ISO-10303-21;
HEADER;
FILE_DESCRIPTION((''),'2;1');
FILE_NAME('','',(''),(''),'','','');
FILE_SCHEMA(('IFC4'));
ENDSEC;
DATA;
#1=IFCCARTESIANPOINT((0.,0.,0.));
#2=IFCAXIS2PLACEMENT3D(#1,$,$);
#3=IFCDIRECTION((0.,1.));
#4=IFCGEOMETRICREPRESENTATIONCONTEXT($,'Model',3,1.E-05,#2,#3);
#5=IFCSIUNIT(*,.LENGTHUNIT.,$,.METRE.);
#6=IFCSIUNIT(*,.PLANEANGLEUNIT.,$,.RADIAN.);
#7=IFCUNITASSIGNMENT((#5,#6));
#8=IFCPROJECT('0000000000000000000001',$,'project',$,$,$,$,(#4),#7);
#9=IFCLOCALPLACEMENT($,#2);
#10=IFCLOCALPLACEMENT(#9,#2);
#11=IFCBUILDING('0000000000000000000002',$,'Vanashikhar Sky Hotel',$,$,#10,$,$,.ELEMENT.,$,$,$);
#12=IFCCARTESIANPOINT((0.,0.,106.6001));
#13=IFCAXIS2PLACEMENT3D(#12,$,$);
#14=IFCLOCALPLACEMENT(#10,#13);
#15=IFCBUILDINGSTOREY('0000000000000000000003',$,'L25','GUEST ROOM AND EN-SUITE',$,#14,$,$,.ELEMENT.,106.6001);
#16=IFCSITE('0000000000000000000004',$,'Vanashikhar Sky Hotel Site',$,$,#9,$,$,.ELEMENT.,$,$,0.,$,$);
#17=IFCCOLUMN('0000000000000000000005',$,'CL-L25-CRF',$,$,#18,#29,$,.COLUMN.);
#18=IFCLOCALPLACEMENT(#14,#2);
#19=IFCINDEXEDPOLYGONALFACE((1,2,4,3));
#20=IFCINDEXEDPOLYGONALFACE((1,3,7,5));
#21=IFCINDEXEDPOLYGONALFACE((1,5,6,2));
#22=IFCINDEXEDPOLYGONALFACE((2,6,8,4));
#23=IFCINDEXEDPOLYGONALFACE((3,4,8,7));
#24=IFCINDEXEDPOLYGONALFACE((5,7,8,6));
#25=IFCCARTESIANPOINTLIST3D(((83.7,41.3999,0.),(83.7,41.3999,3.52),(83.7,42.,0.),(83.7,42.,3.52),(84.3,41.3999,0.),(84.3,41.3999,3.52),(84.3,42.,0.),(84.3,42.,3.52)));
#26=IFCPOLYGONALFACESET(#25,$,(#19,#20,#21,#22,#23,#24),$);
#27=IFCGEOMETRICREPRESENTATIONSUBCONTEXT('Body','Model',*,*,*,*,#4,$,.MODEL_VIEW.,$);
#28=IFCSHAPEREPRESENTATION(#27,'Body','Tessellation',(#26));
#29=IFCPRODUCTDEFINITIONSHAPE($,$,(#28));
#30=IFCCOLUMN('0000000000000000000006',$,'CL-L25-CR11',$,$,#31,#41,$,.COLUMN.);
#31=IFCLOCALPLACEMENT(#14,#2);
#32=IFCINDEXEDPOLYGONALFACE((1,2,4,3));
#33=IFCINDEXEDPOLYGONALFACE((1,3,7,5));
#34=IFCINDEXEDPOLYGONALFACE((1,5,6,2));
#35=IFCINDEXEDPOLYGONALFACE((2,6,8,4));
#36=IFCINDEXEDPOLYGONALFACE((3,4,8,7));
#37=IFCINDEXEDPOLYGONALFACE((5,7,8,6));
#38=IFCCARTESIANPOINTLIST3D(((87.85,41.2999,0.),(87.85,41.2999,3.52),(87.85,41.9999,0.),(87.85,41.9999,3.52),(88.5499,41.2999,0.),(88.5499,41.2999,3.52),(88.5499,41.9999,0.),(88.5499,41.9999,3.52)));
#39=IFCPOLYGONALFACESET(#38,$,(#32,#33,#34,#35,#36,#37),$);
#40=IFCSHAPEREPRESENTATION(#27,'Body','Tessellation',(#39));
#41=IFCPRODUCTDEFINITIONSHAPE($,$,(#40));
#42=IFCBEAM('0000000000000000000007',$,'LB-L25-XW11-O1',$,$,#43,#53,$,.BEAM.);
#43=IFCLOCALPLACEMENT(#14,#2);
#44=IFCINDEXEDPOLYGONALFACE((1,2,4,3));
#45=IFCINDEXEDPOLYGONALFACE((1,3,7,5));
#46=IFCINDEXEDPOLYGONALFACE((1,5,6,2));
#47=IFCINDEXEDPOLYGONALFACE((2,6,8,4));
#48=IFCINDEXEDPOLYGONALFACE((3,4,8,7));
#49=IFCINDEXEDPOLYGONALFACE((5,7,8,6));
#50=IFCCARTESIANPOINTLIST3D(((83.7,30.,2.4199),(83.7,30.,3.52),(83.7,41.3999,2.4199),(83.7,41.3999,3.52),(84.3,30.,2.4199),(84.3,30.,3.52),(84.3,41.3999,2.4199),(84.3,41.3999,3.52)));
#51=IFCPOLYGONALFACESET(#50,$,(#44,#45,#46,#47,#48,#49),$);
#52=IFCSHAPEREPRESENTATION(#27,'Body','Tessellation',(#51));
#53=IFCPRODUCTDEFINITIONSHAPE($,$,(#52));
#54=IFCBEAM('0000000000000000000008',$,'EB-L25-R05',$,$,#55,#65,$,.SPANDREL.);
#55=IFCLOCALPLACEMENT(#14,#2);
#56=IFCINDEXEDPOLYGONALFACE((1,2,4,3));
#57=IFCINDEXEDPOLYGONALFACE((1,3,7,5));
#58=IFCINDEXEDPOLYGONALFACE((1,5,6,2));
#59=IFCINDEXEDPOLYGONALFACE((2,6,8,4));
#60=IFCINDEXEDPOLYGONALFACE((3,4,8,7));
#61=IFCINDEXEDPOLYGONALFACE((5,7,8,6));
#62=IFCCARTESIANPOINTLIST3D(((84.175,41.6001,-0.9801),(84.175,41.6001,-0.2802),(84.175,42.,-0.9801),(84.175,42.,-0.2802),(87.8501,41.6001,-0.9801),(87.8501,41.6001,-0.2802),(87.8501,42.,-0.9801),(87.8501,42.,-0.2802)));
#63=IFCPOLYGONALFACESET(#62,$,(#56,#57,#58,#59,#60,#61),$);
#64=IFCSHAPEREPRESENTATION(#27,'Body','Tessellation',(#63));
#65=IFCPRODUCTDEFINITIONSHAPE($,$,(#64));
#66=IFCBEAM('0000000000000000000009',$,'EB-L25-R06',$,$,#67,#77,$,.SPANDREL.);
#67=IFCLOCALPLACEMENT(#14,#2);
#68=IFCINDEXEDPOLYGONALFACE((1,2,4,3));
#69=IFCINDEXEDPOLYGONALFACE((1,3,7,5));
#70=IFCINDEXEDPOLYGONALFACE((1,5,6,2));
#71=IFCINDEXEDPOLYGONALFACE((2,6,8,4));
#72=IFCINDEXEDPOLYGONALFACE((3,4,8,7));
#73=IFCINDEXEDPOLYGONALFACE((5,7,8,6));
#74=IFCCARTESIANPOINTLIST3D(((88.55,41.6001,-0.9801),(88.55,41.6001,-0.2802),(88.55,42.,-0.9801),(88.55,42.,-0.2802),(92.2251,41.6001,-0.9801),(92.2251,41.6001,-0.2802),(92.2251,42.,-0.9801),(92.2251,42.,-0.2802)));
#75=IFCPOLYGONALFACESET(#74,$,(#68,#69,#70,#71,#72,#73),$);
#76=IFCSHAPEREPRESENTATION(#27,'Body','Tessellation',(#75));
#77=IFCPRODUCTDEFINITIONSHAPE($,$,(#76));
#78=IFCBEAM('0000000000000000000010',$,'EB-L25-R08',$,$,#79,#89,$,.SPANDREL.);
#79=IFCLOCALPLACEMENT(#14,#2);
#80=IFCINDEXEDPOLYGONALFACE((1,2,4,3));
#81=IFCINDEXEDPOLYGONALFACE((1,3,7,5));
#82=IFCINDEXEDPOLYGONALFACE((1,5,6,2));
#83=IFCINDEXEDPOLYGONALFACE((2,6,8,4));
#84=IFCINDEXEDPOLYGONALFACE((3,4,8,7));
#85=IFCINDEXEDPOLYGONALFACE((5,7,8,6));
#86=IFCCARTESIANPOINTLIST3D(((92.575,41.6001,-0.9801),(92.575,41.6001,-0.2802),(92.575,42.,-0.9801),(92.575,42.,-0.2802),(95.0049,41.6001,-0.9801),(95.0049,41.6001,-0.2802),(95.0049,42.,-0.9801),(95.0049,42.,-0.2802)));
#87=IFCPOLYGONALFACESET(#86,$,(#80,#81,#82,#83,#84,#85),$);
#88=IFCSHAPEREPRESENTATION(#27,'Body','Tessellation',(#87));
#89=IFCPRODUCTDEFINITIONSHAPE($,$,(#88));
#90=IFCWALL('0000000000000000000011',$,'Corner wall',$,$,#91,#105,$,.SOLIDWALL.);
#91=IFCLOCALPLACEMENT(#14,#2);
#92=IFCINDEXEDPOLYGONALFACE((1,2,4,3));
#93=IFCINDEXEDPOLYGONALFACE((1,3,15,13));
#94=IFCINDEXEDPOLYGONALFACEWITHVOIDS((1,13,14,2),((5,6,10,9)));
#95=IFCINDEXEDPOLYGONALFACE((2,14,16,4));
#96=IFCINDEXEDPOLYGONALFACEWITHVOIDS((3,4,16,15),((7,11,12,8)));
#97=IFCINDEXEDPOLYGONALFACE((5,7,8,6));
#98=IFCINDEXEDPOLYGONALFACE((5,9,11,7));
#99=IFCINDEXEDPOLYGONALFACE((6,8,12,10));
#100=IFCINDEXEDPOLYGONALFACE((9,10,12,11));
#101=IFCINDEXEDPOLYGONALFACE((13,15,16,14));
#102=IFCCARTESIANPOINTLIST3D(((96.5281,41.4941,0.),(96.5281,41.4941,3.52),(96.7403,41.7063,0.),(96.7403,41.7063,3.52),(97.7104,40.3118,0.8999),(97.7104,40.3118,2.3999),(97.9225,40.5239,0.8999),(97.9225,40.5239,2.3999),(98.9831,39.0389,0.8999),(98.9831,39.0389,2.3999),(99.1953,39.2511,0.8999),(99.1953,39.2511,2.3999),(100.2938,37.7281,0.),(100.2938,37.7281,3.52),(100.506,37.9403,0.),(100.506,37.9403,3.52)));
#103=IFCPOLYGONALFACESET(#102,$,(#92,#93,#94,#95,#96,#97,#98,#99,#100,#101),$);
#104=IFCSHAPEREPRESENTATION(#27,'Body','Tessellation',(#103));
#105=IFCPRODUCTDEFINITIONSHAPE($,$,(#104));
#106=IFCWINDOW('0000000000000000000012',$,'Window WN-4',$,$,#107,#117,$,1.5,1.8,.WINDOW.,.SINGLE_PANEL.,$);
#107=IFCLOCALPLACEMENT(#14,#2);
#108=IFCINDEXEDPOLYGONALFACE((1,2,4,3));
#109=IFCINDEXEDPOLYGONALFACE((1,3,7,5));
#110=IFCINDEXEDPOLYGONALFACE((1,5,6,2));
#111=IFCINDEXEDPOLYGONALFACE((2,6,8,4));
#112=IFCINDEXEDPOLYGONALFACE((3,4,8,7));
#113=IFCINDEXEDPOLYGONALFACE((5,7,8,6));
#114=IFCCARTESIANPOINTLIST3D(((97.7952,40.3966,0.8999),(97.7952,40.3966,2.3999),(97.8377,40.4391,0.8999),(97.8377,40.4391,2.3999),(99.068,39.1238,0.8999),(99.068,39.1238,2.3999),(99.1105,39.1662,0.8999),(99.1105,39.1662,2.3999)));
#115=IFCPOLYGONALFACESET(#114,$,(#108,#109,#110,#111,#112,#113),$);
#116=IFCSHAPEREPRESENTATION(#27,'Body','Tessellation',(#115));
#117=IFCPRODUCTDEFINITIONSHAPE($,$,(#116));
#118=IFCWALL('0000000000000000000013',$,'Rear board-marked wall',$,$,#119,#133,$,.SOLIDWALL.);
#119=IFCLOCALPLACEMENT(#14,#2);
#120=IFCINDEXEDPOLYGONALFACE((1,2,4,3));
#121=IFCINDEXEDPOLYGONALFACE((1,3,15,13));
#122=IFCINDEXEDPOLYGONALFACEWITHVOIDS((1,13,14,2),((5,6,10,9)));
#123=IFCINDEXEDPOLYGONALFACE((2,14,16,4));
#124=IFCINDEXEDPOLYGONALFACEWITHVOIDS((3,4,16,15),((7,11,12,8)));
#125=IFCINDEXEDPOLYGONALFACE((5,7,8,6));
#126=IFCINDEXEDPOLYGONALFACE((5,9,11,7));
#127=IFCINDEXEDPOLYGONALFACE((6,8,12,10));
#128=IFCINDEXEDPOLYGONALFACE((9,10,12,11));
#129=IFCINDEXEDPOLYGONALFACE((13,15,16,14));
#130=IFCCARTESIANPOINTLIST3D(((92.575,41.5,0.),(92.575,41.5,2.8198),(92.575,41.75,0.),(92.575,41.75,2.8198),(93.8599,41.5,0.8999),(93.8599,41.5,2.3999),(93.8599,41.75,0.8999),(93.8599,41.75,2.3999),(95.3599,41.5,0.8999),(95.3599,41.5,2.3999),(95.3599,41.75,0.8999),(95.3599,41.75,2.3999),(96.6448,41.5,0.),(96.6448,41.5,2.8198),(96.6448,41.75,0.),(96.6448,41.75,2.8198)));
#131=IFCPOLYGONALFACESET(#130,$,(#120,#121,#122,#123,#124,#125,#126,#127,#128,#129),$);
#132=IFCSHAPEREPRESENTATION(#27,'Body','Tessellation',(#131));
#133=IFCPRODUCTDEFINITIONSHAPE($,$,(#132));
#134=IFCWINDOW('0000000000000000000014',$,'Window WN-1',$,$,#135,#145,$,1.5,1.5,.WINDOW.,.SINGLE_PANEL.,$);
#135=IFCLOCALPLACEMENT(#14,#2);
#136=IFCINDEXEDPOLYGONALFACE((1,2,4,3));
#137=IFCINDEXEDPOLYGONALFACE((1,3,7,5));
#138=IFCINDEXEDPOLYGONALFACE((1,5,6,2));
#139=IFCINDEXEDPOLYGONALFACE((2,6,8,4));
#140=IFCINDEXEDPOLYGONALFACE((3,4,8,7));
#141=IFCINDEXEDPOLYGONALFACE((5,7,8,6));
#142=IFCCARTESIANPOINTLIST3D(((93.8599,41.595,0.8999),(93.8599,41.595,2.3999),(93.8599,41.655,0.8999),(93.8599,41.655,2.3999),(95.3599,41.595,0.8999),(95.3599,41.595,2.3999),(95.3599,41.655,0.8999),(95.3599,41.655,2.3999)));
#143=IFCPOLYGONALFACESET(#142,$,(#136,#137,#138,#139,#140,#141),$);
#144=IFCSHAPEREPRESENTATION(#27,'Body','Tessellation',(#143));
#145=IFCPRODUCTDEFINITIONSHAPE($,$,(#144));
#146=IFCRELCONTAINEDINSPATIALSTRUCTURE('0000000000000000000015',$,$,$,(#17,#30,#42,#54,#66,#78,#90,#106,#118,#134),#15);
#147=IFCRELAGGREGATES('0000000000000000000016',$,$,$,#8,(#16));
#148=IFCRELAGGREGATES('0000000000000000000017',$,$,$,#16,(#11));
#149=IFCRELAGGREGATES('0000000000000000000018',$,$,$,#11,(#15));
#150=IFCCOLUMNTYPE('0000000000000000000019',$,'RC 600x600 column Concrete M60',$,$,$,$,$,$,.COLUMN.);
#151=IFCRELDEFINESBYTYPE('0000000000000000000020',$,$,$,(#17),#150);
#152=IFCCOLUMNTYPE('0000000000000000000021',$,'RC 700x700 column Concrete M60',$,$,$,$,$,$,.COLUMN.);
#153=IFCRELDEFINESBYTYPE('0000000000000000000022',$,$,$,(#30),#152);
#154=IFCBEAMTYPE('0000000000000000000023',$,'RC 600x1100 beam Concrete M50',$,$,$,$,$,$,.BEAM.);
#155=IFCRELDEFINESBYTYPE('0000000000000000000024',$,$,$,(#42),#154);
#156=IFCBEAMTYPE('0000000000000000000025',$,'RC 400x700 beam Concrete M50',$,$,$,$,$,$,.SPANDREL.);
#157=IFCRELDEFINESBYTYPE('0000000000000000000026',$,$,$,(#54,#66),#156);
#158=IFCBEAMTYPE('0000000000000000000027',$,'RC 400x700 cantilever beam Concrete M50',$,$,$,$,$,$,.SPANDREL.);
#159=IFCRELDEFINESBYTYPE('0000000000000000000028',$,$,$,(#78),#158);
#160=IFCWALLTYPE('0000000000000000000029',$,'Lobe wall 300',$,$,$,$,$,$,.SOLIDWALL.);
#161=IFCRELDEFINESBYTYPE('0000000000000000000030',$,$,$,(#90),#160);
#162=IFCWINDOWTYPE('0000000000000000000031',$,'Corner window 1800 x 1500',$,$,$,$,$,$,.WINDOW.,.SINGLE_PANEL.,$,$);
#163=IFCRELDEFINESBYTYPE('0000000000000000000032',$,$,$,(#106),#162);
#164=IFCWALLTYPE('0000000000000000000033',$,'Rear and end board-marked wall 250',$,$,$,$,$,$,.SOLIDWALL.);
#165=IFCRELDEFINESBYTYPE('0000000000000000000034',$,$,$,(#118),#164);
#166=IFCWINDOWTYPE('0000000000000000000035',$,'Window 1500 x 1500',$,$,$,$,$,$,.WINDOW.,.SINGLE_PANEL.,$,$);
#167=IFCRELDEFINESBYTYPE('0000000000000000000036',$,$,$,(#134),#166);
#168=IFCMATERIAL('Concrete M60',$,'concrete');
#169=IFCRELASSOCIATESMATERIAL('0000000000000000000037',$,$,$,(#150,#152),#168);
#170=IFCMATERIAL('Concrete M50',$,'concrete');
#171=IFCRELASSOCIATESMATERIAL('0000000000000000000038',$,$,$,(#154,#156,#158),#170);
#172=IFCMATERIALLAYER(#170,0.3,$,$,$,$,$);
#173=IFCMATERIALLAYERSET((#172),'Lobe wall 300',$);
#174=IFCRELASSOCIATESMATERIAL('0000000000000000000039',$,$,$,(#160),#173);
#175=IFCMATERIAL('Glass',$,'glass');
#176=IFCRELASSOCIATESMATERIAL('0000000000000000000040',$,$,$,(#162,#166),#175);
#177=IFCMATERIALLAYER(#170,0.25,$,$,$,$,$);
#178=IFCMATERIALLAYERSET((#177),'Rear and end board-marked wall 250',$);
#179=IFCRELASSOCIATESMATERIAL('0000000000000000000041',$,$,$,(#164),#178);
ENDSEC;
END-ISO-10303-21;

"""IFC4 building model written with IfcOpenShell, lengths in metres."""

from ifc_helpers import new_model, si_unit, direction, frame, frame_2d, origin, origin_2d, place, context, subcontext, project, spatial, rectangle, extrude, source, transform, mapped, material, layer, layer_set, material_profile, profile_set, type_object, element, fill, save


model = new_model("IFC4")

# Units and contexts
model_context = context("Model", 3, precision=1e-05, world=origin(), true_north=direction((0.0, 1.0)))
body_context = subcontext(model_context, "Body", "Model", "MODEL_VIEW")
ifc_project = project(units=[si_unit("LENGTHUNIT", "METRE"), si_unit("PLANEANGLEUNIT", "RADIAN")], contexts=[model_context])

# Site, building, storey
site_placement = place(None, origin())
site = spatial("IfcSite", under=ifc_project, at=site_placement, Name="Vanashikhar Sky Hotel Site", CompositionType="ELEMENT", RefElevation=0.0)
building_placement = place(site_placement, origin())
building = spatial("IfcBuilding", under=site, at=building_placement, Name="Vanashikhar Sky Hotel", CompositionType="ELEMENT")
storey_placement = place(building_placement, frame((0.0, 0.0, 106.6001)))
storey = spatial("IfcBuildingStorey", under=building, at=storey_placement, Name="L25", Description="GUEST ROOM AND EN-SUITE", CompositionType="ELEMENT", Elevation=106.6001)

# Columns
ifc_material_1 = material(Name="Concrete M60", Category="concrete")
ifc_material_profile_1 = material_profile(ifc_material_1, rectangle(XDim=0.6001, YDim=0.6001, at=origin_2d()))
ifc_profile_set_1 = profile_set([ifc_material_profile_1], Name="RC 600x600 column Concrete M60")
column_type_1 = type_object("IfcColumnType", Name="RC 600x600 column Concrete M60", PredefinedType="COLUMN", material=ifc_profile_set_1)
shared_shape_1 = source(origin(), body_context, "Body", "SweptSolid", [
    extrude(rectangle(XDim=0.6001, YDim=0.6001, at=origin_2d()), origin(), (0.0, 0.0, 1.0), 3.52),
])
column_1_placement = place(storey_placement, frame((84.0, 41.7, 0.0), z_axis=(0.0, 0.0, 1.0), x_axis=(1.0, 0.0, 0.0)))
element("IfcColumn", 1, at=column_1_placement, inside=storey, type_object=column_type_1, Name="CL-L25-CRF", PredefinedType="COLUMN", context=body_context, shape_type="MappedRepresentation", body=[
    mapped(shared_shape_1, transform((0.0, 0.0, 0.0), scale=1.0)),
])
ifc_material_profile_2 = material_profile(ifc_material_1, rectangle(XDim=0.7, YDim=0.7, at=origin_2d()))
ifc_profile_set_2 = profile_set([ifc_material_profile_2], Name="RC 700x700 column Concrete M60")
column_type_2 = type_object("IfcColumnType", Name="RC 700x700 column Concrete M60", PredefinedType="COLUMN", material=ifc_profile_set_2)
shared_shape_2 = source(origin(), body_context, "Body", "SweptSolid", [
    extrude(rectangle(XDim=0.7, YDim=0.7, at=origin_2d()), origin(), (0.0, 0.0, 1.0), 3.52),
])
column_2_placement = place(storey_placement, frame((88.2, 41.6499, 0.0), z_axis=(0.0, 0.0, 1.0), x_axis=(1.0, 0.0, 0.0)))
element("IfcColumn", 2, at=column_2_placement, inside=storey, type_object=column_type_2, Name="CL-L25-CR11", PredefinedType="COLUMN", context=body_context, shape_type="MappedRepresentation", body=[
    mapped(shared_shape_2, transform((0.0, 0.0, 0.0), scale=1.0)),
])

# Beams
ifc_material_2 = material(Name="Concrete M50", Category="concrete")
ifc_material_profile_3 = material_profile(ifc_material_2, rectangle(XDim=0.6001, YDim=1.1001, at=origin_2d()))
ifc_profile_set_3 = profile_set([ifc_material_profile_3], Name="RC 600x1100 beam Concrete M50")
beam_type_1 = type_object("IfcBeamType", Name="RC 600x1100 beam Concrete M50", PredefinedType="BEAM", material=ifc_profile_set_3)
shared_shape_3 = source(origin(), body_context, "Body", "SweptSolid", [
    extrude(rectangle(XDim=0.6001, YDim=1.1001, at=origin_2d()), origin(), (0.0, 0.0, 1.0), 11.3999),
])
beam_1_placement = place(storey_placement, frame((84.0, 30.0, 2.97), z_axis=(0.0, 1.0, 0.0), x_axis=(-1.0, 0.0, 0.0)))
element("IfcBeam", 3, at=beam_1_placement, inside=storey, type_object=beam_type_1, Name="LB-L25-XW11-O1", PredefinedType="BEAM", context=body_context, shape_type="MappedRepresentation", body=[
    mapped(shared_shape_3, transform((0.0, 0.0, 0.0), scale=1.0)),
])
ifc_material_profile_4 = material_profile(ifc_material_2, rectangle(XDim=0.3999, YDim=0.7, at=origin_2d()))
ifc_profile_set_4 = profile_set([ifc_material_profile_4], Name="RC 400x700 beam Concrete M50")
beam_type_2 = type_object("IfcBeamType", Name="RC 400x700 beam Concrete M50", PredefinedType="SPANDREL", material=ifc_profile_set_4)
shared_shape_4 = source(origin(), body_context, "Body", "SweptSolid", [
    extrude(rectangle(XDim=0.3999, YDim=0.7, at=origin_2d()), origin(), (0.0, 0.0, 1.0), 3.675),
])
for number, where, z_axis, x_axis, name in (
    (4, (84.175, 41.8, -0.6301), (1.0, 0.0, 0.0), (0.0, 1.0, 0.0), "EB-L25-R05"),
    (5, (88.55, 41.8, -0.6301), (1.0, 0.0, 0.0), (0.0, 1.0, 0.0), "EB-L25-R06"),
):
    element("IfcBeam", number, at=place(storey_placement, frame(where, z_axis=z_axis, x_axis=x_axis)), inside=storey, type_object=beam_type_2, Name=name, PredefinedType="SPANDREL", context=body_context, shape_type="MappedRepresentation", body=[
        mapped(shared_shape_4, transform((0.0, 0.0, 0.0), scale=1.0)),
    ])
ifc_material_profile_5 = material_profile(ifc_material_2, rectangle(XDim=0.3999, YDim=0.7, at=origin_2d()))
ifc_profile_set_5 = profile_set([ifc_material_profile_5], Name="RC 400x700 cantilever beam Concrete M50")
beam_type_3 = type_object("IfcBeamType", Name="RC 400x700 cantilever beam Concrete M50", PredefinedType="SPANDREL", material=ifc_profile_set_5)
shared_shape_5 = source(origin(), body_context, "Body", "SweptSolid", [
    extrude(rectangle(XDim=0.3999, YDim=0.7, at=origin_2d()), origin(), (0.0, 0.0, 1.0), 2.4299),
])
beam_2_placement = place(storey_placement, frame((92.575, 41.8, -0.6301), z_axis=(1.0, 0.0, 0.0), x_axis=(0.0, 1.0, 0.0)))
element("IfcBeam", 6, at=beam_2_placement, inside=storey, type_object=beam_type_3, Name="EB-L25-R08", PredefinedType="SPANDREL", context=body_context, shape_type="MappedRepresentation", body=[
    mapped(shared_shape_5, transform((0.0, 0.0, 0.0), scale=1.0)),
])

# Walls, openings, windows
ifc_layer_1 = layer(ifc_material_2, 0.3)
ifc_layer_set_1 = layer_set([ifc_layer_1], Name="Lobe wall 300")
wall_type_1 = type_object("IfcWallType", Name="Lobe wall 300", PredefinedType="SOLIDWALL", material=ifc_layer_set_1)
shared_shape_6 = source(origin(), body_context, "Body", "SweptSolid", [
    extrude(rectangle(XDim=5.3257, YDim=0.3, at=frame_2d((2.6628, 0.0))), origin(), (0.0, 0.0, 1.0), 3.52),
])
wall_1_placement = place(storey_placement, frame((100.3999, 37.8342, 0.0), z_axis=(0.0, 0.0, 1.0), x_axis=(-0.707084, 0.70713, 0.0)))
wall_1 = element("IfcWall", 7, at=wall_1_placement, inside=storey, type_object=wall_type_1, Name="Corner wall", PredefinedType="SOLIDWALL", context=body_context, shape_type="MappedRepresentation", body=[
    mapped(shared_shape_6, transform((0.0, 0.0, 0.0), scale=1.0)),
])
shared_shape_7 = source(origin(), body_context, "Body", "SweptSolid", [
    extrude(rectangle(XDim=1.8, YDim=1.5, at=frame_2d((0.8999, 0.75))), frame((0.0, 0.1602, 0.0), z_axis=(0.0, -1.0, 0.0), x_axis=(1.0, 0.0, 0.0)), (0.0, 0.0, 1.0), 0.3201),
])
opening_1_placement = place(wall_1_placement, frame((1.8538, 0.0, 0.8999)))
opening_1 = element("IfcOpeningElement", 8, at=opening_1_placement, cuts=wall_1, PredefinedType="OPENING", context=body_context, shape_type="MappedRepresentation", body=[
    mapped(shared_shape_7, transform((0.0, 0.0, 0.0), scale=1.0)),
])
ifc_material_3 = material(Name="Glass", Category="glass")
window_type_1 = type_object("IfcWindowType", Name="Corner window 1800 x 1500", PartitioningType="SINGLE_PANEL", PredefinedType="WINDOW", material=ifc_material_3)
shared_shape_8 = source(origin(), body_context, "Body", "SweptSolid", [
    extrude(rectangle(XDim=1.8, YDim=1.5, at=frame_2d((0.8999, 0.75))), frame((0.0, 0.03, 0.0), z_axis=(0.0, -1.0, 0.0), x_axis=(1.0, 0.0, 0.0)), (0.0, 0.0, 1.0), 0.0601),
])
window_1_placement = place(opening_1_placement, origin())
window_1 = element("IfcWindow", 9, at=window_1_placement, inside=storey, type_object=window_type_1, Name="Window WN-4", OverallHeight=1.5, OverallWidth=1.8, PartitioningType="SINGLE_PANEL", PredefinedType="WINDOW", context=body_context, shape_type="MappedRepresentation", body=[
    mapped(shared_shape_8, transform((0.0, 0.0, 0.0), scale=1.0)),
])
fill(opening_1, window_1)
ifc_layer_2 = layer(ifc_material_2, 0.25)
ifc_layer_set_2 = layer_set([ifc_layer_2], Name="Rear and end board-marked wall 250")
wall_type_2 = type_object("IfcWallType", Name="Rear and end board-marked wall 250", PredefinedType="SOLIDWALL", material=ifc_layer_set_2)
shared_shape_9 = source(origin(), body_context, "Body", "SweptSolid", [
    extrude(rectangle(XDim=4.0698, YDim=0.25, at=frame_2d((2.0349, 0.0))), origin(), (0.0, 0.0, 1.0), 2.8198),
])
wall_2_placement = place(storey_placement, frame((96.6448, 41.625, 0.0), z_axis=(0.0, 0.0, 1.0), x_axis=(-1.0, 0.0, 0.0)))
wall_2 = element("IfcWall", 10, at=wall_2_placement, inside=storey, type_object=wall_type_2, Name="Rear board-marked wall", PredefinedType="SOLIDWALL", context=body_context, shape_type="MappedRepresentation", body=[
    mapped(shared_shape_9, transform((0.0, 0.0, 0.0), scale=1.0)),
])
shared_shape_10 = source(origin(), body_context, "Body", "SweptSolid", [
    extrude(rectangle(XDim=1.5, YDim=1.5, at=frame_2d((0.75, 0.75))), frame((0.0, 0.135, 0.0), z_axis=(0.0, -1.0, 0.0), x_axis=(1.0, 0.0, 0.0)), (0.0, 0.0, 1.0), 0.27),
])
opening_2_placement = place(wall_2_placement, frame((1.2849, 0.0, 0.8999)))
opening_2 = element("IfcOpeningElement", 11, at=opening_2_placement, cuts=wall_2, PredefinedType="OPENING", context=body_context, shape_type="MappedRepresentation", body=[
    mapped(shared_shape_10, transform((0.0, 0.0, 0.0), scale=1.0)),
])
window_type_2 = type_object("IfcWindowType", Name="Window 1500 x 1500", PartitioningType="SINGLE_PANEL", PredefinedType="WINDOW", material=ifc_material_3)
shared_shape_11 = source(origin(), body_context, "Body", "SweptSolid", [
    extrude(rectangle(XDim=1.5, YDim=1.5, at=frame_2d((0.75, 0.75))), frame((0.0, 0.03, 0.0), z_axis=(0.0, -1.0, 0.0), x_axis=(1.0, 0.0, 0.0)), (0.0, 0.0, 1.0), 0.0601),
])
window_2_placement = place(opening_2_placement, origin())
window_2 = element("IfcWindow", 12, at=window_2_placement, inside=storey, type_object=window_type_2, Name="Window WN-1", OverallHeight=1.5, OverallWidth=1.5, PartitioningType="SINGLE_PANEL", PredefinedType="WINDOW", context=body_context, shape_type="MappedRepresentation", body=[
    mapped(shared_shape_11, transform((0.0, 0.0, 0.0), scale=1.0)),
])
fill(opening_2, window_2)

save(model, "model.ifc")
